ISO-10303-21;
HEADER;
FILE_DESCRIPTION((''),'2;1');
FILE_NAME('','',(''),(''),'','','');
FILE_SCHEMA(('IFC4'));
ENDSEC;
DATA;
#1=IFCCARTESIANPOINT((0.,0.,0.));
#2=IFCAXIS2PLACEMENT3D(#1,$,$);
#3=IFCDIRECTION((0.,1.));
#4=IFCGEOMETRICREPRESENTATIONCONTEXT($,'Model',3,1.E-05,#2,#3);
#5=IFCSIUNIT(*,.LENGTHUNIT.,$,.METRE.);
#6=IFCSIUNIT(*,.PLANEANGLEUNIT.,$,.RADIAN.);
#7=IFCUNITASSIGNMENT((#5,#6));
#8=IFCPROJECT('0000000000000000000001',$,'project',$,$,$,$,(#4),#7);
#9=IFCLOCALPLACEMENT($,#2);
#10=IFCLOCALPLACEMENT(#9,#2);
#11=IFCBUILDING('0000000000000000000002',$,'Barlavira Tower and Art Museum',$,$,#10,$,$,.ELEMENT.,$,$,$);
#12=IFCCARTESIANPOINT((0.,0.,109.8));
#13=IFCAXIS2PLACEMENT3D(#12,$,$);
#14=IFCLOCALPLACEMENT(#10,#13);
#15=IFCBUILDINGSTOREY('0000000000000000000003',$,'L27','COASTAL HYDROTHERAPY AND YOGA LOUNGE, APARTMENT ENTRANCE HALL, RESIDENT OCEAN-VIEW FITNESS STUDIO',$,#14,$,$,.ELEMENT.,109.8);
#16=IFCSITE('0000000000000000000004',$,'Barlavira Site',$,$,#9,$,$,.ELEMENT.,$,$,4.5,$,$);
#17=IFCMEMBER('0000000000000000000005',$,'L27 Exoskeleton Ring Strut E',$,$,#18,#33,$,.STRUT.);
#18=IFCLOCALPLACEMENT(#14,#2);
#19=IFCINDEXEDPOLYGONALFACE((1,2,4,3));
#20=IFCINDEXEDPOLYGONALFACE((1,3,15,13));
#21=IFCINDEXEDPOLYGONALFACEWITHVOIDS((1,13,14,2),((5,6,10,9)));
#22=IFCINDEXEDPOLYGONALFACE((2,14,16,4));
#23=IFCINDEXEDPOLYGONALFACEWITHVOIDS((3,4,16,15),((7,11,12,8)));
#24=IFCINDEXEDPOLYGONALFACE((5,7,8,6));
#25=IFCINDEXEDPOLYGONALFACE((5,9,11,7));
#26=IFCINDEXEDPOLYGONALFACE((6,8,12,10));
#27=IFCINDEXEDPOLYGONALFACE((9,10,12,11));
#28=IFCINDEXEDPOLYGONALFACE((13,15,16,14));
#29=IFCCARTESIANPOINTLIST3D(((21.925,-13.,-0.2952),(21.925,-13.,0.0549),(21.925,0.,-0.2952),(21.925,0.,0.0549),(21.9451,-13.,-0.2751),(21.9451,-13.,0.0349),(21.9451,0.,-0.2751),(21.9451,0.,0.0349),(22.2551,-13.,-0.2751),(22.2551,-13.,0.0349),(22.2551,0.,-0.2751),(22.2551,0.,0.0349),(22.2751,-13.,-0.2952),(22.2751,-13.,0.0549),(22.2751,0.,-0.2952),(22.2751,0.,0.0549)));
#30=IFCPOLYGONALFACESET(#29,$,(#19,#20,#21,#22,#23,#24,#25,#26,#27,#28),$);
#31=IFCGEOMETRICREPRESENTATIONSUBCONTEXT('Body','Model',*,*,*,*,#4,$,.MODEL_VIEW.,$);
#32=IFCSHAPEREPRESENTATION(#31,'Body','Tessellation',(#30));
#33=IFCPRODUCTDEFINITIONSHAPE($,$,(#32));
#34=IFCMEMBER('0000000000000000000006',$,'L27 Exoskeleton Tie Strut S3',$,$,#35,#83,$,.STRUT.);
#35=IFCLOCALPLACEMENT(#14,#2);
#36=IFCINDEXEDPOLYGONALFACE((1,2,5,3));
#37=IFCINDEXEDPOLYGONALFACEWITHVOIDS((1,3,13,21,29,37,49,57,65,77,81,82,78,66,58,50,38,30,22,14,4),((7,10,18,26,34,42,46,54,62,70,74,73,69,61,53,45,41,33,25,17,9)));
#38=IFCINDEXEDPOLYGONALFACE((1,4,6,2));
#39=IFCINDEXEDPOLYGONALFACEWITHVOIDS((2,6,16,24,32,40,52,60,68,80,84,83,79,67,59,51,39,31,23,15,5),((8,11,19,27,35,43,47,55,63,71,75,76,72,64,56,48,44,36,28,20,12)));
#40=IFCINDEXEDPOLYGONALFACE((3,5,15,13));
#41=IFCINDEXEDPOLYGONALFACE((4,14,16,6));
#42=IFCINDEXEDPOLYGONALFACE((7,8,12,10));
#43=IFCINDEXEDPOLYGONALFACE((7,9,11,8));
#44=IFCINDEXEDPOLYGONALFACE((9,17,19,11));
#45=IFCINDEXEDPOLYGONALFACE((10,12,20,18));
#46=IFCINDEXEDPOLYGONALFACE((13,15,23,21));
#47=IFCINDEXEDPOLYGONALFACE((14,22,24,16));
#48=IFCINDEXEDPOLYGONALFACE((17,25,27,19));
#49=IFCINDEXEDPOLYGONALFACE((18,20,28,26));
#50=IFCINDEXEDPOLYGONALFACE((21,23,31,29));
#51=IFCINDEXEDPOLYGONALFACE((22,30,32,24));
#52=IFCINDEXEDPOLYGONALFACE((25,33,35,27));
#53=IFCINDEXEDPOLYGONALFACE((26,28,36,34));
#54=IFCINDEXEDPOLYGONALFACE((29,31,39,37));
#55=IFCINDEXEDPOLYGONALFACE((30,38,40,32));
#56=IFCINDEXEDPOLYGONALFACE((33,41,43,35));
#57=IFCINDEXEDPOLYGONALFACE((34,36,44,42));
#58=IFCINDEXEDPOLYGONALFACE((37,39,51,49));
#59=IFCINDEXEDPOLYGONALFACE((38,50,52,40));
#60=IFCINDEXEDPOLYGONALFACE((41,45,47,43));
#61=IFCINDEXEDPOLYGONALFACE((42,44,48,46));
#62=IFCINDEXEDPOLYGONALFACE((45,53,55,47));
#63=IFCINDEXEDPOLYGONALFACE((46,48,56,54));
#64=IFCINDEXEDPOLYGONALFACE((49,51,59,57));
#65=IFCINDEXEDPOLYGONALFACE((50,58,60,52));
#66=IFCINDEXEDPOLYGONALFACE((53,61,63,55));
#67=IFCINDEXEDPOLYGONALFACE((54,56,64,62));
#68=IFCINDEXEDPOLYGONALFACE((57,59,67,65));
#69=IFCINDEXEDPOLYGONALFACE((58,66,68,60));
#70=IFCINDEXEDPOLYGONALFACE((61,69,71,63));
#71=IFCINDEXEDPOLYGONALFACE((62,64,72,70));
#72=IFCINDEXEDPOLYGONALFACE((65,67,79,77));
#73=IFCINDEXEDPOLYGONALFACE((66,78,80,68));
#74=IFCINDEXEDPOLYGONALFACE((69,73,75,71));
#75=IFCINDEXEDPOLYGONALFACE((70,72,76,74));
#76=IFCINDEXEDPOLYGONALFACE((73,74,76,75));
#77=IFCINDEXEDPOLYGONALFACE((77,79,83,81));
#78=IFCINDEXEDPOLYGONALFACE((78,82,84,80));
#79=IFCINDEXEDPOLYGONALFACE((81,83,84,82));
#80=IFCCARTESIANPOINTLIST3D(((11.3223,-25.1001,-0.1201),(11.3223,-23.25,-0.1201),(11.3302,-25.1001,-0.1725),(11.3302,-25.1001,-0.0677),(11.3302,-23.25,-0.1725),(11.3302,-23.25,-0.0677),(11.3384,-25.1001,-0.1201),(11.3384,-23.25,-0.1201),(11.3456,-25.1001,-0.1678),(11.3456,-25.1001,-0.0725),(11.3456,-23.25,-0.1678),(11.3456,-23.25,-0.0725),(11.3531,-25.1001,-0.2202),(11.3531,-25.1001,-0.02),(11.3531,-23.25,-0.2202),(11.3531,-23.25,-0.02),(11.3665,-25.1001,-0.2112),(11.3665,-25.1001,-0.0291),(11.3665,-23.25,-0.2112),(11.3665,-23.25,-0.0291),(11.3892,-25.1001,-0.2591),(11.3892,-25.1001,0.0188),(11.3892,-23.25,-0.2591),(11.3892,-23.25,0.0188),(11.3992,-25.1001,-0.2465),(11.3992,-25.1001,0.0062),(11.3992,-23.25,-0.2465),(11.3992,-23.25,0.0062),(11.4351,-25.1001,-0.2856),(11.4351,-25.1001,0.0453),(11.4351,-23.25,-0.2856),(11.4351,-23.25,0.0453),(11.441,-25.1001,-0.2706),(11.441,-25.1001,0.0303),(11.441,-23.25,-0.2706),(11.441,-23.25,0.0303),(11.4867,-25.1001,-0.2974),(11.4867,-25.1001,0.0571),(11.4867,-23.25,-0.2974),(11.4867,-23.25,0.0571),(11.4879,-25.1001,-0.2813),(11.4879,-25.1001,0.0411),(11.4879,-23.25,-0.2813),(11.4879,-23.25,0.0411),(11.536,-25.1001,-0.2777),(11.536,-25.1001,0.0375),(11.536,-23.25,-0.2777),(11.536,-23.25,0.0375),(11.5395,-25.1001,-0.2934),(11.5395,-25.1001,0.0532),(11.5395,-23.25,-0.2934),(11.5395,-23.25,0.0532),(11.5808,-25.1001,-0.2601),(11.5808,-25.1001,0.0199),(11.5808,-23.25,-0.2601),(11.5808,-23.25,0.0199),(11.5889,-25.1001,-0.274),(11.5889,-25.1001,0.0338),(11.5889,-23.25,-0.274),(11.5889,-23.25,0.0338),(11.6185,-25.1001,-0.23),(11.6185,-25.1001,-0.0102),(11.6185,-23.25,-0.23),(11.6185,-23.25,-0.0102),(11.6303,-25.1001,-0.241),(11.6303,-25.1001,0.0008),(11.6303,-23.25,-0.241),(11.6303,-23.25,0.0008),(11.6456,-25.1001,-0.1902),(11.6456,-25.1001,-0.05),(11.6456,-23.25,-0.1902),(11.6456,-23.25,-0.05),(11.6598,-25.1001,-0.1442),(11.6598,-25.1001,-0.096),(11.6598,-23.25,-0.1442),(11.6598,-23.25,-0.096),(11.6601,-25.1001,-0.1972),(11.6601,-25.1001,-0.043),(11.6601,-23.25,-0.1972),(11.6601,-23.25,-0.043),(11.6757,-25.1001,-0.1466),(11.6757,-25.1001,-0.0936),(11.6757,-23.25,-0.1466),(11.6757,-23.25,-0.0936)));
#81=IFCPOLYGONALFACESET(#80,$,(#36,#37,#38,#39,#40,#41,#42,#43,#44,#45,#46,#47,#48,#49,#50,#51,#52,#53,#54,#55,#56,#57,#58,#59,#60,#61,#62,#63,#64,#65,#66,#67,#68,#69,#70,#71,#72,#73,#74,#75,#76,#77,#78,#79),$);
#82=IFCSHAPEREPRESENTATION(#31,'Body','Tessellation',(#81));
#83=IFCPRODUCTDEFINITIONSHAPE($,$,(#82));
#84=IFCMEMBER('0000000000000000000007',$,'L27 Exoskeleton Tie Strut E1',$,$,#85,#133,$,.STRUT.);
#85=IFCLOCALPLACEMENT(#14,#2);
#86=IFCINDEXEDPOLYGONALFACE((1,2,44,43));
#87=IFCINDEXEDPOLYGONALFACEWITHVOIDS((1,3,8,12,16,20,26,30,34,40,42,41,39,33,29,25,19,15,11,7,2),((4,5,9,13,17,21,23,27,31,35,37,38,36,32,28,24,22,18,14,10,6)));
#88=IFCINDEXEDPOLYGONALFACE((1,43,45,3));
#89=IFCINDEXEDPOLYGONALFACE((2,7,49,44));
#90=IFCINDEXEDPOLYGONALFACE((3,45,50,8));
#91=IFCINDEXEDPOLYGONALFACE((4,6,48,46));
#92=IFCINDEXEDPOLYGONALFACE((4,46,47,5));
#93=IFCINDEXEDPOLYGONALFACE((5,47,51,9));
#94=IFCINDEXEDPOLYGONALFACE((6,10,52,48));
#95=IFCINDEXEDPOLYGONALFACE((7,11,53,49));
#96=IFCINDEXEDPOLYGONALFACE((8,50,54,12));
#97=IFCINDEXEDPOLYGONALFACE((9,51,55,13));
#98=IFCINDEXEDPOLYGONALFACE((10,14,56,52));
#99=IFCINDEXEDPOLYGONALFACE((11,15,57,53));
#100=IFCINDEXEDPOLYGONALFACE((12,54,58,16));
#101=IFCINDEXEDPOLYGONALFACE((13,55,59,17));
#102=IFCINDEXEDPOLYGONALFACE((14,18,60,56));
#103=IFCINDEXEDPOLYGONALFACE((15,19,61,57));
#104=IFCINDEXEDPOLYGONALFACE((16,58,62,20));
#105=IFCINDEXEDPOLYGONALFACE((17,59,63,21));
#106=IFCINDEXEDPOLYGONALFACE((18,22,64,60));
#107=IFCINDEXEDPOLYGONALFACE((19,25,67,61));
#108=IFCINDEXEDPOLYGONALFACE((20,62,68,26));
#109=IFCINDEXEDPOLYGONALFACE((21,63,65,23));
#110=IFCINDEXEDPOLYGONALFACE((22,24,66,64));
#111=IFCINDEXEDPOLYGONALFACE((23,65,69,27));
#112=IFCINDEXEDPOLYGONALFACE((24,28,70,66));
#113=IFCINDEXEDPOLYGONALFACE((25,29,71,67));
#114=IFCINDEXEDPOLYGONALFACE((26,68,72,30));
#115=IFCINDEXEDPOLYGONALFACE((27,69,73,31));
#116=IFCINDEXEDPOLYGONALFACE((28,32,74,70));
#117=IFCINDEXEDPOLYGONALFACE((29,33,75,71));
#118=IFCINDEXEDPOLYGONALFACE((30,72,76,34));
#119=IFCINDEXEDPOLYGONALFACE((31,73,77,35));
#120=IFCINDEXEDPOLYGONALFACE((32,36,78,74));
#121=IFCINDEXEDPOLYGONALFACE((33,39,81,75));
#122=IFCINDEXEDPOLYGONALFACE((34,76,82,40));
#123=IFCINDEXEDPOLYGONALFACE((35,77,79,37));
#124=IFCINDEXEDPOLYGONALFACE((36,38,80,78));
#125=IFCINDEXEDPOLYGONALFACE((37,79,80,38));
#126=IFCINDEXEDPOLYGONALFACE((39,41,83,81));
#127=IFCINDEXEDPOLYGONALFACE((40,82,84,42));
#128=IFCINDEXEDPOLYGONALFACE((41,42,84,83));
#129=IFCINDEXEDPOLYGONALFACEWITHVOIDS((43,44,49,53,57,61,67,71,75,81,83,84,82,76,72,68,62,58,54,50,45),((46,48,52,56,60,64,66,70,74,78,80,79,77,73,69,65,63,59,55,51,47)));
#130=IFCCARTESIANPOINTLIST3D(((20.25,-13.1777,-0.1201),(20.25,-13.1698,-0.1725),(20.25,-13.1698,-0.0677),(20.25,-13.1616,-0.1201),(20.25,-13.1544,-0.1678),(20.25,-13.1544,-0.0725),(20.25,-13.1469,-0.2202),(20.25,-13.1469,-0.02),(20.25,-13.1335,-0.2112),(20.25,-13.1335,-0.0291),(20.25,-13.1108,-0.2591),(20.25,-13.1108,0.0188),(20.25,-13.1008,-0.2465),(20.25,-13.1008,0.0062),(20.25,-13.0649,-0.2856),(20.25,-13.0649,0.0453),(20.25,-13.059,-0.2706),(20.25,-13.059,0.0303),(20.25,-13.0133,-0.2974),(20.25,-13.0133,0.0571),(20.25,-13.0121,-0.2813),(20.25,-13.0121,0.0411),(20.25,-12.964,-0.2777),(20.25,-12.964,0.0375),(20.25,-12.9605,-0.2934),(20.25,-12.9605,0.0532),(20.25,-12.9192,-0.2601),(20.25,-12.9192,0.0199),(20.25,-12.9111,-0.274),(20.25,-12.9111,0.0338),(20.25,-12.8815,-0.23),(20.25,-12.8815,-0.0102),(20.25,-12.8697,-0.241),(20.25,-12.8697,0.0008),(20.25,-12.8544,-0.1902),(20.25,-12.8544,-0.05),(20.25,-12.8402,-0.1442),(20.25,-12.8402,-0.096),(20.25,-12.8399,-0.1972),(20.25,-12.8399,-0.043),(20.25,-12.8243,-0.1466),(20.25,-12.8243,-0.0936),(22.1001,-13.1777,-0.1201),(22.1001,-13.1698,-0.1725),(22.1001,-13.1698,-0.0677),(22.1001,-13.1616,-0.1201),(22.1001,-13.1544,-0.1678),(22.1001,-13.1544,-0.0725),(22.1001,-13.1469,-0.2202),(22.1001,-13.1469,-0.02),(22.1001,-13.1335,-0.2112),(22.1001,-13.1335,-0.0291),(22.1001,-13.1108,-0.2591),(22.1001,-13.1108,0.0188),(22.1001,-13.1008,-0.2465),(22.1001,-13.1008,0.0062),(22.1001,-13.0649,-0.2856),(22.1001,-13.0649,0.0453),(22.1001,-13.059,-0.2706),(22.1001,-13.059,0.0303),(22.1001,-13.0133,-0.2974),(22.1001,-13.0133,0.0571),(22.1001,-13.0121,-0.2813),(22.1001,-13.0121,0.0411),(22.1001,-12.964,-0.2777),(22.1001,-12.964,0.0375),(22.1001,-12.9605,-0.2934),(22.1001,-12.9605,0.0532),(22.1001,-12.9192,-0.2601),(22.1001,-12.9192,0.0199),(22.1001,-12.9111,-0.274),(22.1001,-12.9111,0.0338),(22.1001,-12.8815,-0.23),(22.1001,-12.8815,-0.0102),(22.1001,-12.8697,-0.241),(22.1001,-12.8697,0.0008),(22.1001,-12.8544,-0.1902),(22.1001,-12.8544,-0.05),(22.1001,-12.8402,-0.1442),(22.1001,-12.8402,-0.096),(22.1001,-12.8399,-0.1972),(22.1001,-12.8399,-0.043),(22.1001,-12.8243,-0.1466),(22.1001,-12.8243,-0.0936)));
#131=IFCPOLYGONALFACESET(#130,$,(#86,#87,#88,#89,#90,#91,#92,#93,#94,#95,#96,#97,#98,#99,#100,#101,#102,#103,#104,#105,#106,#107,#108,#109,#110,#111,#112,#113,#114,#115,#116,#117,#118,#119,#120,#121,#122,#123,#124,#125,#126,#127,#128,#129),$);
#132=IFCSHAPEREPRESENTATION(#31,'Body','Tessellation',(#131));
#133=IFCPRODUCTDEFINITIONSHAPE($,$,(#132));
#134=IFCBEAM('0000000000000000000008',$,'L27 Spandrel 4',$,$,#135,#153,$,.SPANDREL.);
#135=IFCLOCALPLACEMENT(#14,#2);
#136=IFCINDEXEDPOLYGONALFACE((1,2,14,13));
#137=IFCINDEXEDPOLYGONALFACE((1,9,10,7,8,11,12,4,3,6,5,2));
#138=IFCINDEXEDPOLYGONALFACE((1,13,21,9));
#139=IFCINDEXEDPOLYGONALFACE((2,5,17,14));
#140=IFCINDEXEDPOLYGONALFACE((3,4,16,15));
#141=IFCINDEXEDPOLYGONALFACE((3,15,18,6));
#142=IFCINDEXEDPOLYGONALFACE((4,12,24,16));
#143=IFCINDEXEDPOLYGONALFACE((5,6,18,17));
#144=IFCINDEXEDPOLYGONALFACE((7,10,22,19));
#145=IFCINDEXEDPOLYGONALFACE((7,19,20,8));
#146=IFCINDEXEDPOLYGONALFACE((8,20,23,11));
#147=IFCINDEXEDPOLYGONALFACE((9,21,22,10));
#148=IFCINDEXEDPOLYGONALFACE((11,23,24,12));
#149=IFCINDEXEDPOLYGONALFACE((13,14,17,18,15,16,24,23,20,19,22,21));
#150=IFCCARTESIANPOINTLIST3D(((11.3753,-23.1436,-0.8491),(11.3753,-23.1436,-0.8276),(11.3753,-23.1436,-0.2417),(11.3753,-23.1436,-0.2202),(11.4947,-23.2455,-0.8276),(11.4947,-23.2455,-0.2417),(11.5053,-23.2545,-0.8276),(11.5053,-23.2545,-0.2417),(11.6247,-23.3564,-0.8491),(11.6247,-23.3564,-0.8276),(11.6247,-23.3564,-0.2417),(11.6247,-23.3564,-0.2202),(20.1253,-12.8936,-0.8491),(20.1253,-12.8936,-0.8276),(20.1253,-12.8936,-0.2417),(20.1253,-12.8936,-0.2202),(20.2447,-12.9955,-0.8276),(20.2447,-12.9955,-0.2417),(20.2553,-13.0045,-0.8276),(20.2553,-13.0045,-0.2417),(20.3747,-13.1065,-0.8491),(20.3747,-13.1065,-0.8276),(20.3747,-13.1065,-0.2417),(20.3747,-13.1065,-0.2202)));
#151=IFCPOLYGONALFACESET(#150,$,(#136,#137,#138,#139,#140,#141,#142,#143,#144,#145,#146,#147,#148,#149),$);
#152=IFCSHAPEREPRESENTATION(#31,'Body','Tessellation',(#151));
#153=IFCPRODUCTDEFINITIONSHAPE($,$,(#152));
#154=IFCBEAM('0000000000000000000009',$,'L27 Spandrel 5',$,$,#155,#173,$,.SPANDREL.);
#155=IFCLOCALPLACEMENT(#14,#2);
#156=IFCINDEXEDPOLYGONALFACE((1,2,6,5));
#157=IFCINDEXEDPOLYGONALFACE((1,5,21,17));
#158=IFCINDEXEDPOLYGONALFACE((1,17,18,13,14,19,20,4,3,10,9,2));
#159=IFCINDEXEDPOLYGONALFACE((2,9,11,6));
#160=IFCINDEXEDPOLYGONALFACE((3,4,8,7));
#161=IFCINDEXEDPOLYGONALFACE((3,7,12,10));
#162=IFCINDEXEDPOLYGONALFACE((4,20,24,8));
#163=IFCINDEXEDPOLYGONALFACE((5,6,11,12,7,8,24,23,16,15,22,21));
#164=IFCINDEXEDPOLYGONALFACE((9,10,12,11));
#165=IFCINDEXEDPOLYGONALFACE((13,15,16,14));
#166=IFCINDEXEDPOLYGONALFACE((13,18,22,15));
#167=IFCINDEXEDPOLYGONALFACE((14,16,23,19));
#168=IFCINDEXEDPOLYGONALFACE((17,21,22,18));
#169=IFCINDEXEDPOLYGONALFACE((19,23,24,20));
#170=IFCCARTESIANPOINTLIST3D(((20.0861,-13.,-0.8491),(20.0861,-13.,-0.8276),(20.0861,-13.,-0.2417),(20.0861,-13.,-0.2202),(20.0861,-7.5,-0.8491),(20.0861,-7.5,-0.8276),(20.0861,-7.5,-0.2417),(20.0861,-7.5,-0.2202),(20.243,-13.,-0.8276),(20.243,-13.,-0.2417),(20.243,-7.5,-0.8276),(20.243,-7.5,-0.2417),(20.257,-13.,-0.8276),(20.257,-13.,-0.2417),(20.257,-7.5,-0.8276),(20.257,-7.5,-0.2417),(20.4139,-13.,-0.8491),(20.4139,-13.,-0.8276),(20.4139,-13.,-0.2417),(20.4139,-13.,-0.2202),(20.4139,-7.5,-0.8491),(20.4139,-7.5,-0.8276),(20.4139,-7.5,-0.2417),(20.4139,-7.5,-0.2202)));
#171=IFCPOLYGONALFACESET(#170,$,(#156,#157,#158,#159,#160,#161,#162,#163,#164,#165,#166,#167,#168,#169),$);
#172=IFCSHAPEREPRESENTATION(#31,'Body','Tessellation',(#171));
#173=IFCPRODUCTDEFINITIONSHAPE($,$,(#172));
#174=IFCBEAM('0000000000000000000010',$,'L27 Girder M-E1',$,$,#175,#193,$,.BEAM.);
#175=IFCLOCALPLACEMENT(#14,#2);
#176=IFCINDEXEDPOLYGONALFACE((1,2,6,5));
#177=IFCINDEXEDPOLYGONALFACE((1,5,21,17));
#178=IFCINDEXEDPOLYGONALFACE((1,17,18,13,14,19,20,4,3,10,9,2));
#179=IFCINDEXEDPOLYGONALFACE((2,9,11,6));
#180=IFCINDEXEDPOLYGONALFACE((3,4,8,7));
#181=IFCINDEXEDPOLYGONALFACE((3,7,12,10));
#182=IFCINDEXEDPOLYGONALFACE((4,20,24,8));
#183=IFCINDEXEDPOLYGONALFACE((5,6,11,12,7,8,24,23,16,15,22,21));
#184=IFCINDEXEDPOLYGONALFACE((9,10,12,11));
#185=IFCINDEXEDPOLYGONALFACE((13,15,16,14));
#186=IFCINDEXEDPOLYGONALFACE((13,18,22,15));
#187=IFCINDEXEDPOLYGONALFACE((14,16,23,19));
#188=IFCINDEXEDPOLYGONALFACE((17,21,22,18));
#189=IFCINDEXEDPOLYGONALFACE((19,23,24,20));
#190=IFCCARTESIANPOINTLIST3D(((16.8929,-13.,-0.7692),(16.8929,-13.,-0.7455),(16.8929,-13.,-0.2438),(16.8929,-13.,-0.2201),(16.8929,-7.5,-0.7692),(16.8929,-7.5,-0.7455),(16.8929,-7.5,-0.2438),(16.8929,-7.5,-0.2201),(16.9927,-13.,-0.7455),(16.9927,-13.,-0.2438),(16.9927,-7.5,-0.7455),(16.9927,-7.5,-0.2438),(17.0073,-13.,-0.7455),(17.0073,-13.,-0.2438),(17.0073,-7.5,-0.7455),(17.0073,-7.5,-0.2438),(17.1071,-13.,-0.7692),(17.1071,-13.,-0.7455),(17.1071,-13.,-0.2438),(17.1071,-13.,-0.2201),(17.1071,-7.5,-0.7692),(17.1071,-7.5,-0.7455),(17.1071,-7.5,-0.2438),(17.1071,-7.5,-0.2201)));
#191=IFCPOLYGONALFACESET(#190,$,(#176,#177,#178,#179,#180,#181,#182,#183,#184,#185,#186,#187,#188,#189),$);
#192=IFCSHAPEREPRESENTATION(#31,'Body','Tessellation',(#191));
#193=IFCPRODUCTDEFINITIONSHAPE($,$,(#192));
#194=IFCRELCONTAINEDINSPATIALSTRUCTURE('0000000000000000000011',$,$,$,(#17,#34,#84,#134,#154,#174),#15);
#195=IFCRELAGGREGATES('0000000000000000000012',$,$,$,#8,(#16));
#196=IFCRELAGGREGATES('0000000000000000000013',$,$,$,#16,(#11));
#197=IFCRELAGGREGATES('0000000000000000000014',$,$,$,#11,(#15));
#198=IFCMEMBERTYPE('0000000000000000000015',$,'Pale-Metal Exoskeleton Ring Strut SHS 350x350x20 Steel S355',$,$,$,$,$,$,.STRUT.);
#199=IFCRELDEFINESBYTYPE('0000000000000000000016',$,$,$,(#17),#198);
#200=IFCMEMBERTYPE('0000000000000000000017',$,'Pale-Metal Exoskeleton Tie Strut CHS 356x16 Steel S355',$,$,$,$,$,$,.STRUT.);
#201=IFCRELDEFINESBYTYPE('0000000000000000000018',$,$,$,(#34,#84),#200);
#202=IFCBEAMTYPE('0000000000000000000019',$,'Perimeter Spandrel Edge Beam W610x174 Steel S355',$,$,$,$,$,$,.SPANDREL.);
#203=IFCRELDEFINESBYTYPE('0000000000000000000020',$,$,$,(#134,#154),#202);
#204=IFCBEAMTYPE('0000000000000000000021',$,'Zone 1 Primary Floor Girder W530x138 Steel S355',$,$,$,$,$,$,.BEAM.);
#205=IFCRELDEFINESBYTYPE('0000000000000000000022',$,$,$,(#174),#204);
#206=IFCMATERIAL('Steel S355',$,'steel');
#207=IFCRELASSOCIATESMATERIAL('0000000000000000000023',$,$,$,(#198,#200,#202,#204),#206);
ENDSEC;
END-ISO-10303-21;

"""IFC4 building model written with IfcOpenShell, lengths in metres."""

from ifc_helpers import new_model, si_unit, direction, frame, origin, origin_2d, place, context, subcontext, project, spatial, hollow_rectangle, hollow_circle, i_section, extrude, material, material_profile, profile_set, type_object, element, save


model = new_model("IFC4")

# Units and contexts
model_context = context("Model", 3, precision=1e-05, world=origin(), true_north=direction((0.0, 1.0)))
body_context = subcontext(model_context, "Body", "Model", "MODEL_VIEW")
ifc_project = project(units=[si_unit("LENGTHUNIT", "METRE"), si_unit("PLANEANGLEUNIT", "RADIAN")], contexts=[model_context])

# Site, building, storey
site_placement = place(None, origin())
site = spatial("IfcSite", under=ifc_project, at=site_placement, Name="Barlavira Site", CompositionType="ELEMENT", RefElevation=4.5)
building_placement = place(site_placement, origin())
building = spatial("IfcBuilding", under=site, at=building_placement, Name="Barlavira Tower and Art Museum", CompositionType="ELEMENT")
storey_placement = place(building_placement, frame((0.0, 0.0, 109.8)))
storey = spatial("IfcBuildingStorey", under=building, at=storey_placement, Name="L27", Description="COASTAL HYDROTHERAPY AND YOGA LOUNGE, APARTMENT ENTRANCE HALL, RESIDENT OCEAN-VIEW FITNESS STUDIO", CompositionType="ELEMENT", Elevation=109.8)

# Members
ifc_material_1 = material(Name="Steel S355", Category="steel")
ifc_material_profile_1 = material_profile(ifc_material_1, hollow_rectangle(XDim=0.3501, YDim=0.3501, WallThickness=0.02, at=origin_2d()), Name="SHS 350x350x20.0")
ifc_profile_set_1 = profile_set([ifc_material_profile_1], Name="Steel S355")
member_type_1 = type_object("IfcMemberType", Name="Pale-Metal Exoskeleton Ring Strut SHS 350x350x20 Steel S355", PredefinedType="STRUT", material=ifc_profile_set_1)
member_1_placement = place(storey_placement, frame((22.1001, -13.0, -0.1201), z_axis=(0.0, 1.0, 0.0), x_axis=(-1.0, 0.0, 0.0)))
element("IfcMember", 1, at=member_1_placement, inside=storey, type_object=member_type_1, Name="L27 Exoskeleton Ring Strut E", PredefinedType="STRUT", context=body_context, shape_type="SweptSolid", body=[
    extrude(hollow_rectangle(XDim=0.3501, YDim=0.3501, WallThickness=0.02, at=origin_2d()), origin(), (0.0, 0.0, 1.0), 13.0),
])
ifc_material_profile_2 = material_profile(ifc_material_1, hollow_circle(Radius=0.1777, WallThickness=0.0161, at=origin_2d()), Name="CHS 355.6x16.0")
ifc_profile_set_2 = profile_set([ifc_material_profile_2], Name="Steel S355")
member_type_2 = type_object("IfcMemberType", Name="Pale-Metal Exoskeleton Tie Strut CHS 356x16 Steel S355", PredefinedType="STRUT", material=ifc_profile_set_2)
for number, where, z_axis, x_axis, name in (
    (2, (11.5, -25.1001, -0.1201), (0.0, 1.0, 0.0), (-1.0, 0.0, 0.0), "L27 Exoskeleton Tie Strut S3"),
    (3, (22.1001, -13.0, -0.1201), (-1.0, 0.0, 0.0), (0.0, -1.0, 0.0), "L27 Exoskeleton Tie Strut E1"),
):
    element("IfcMember", number, at=place(storey_placement, frame(where, z_axis=z_axis, x_axis=x_axis)), inside=storey, type_object=member_type_2, Name=name, PredefinedType="STRUT", context=body_context, shape_type="SweptSolid", body=[
        extrude(hollow_circle(Radius=0.1777, WallThickness=0.0161, at=origin_2d()), origin(), (0.0, 0.0, 1.0), 1.8501),
    ])

# Beams
ifc_material_profile_3 = material_profile(ifc_material_1, i_section(OverallWidth=0.3279, OverallDepth=0.6289, WebThickness=0.0139, FlangeThickness=0.0215, at=origin_2d()), Name="W610x174.0")
ifc_profile_set_3 = profile_set([ifc_material_profile_3], Name="Steel S355")
beam_type_1 = type_object("IfcBeamType", Name="Perimeter Spandrel Edge Beam W610x174 Steel S355", PredefinedType="SPANDREL", material=ifc_profile_set_3)
beam_1_placement = place(storey_placement, frame((11.5, -23.25, -0.5347), z_axis=(0.649262, 0.760565, 0.0), x_axis=(-0.760565, 0.649262, 0.0)))
element("IfcBeam", 4, at=beam_1_placement, inside=storey, type_object=beam_type_1, Name="L27 Spandrel 4", PredefinedType="SPANDREL", context=body_context, shape_type="SweptSolid", body=[
    extrude(i_section(OverallWidth=0.3279, OverallDepth=0.6289, WebThickness=0.0139, FlangeThickness=0.0215, at=origin_2d()), origin(), (0.0, 0.0, 1.0), 13.4768),
])
beam_2_placement = place(storey_placement, frame((20.25, -13.0, -0.5347), z_axis=(0.0, 1.0, 0.0), x_axis=(-1.0, 0.0, 0.0)))
element("IfcBeam", 5, at=beam_2_placement, inside=storey, type_object=beam_type_1, Name="L27 Spandrel 5", PredefinedType="SPANDREL", context=body_context, shape_type="SweptSolid", body=[
    extrude(i_section(OverallWidth=0.3279, OverallDepth=0.6289, WebThickness=0.0139, FlangeThickness=0.0215, at=origin_2d()), origin(), (0.0, 0.0, 1.0), 5.5),
])
ifc_material_profile_4 = material_profile(ifc_material_1, i_section(OverallWidth=0.2141, OverallDepth=0.5491, WebThickness=0.0146, FlangeThickness=0.0237, at=origin_2d()), Name="W530x138.0")
ifc_profile_set_4 = profile_set([ifc_material_profile_4], Name="Steel S355")
beam_type_2 = type_object("IfcBeamType", Name="Zone 1 Primary Floor Girder W530x138 Steel S355", PredefinedType="BEAM", material=ifc_profile_set_4)
for number, where, z_axis, x_axis, name in (
    (6, (17.0, -13.0, -0.4946), (0.0, 1.0, 0.0), (-1.0, 0.0, 0.0), "L27 Girder M-E1"),
):
    element("IfcBeam", number, at=place(storey_placement, frame(where, z_axis=z_axis, x_axis=x_axis)), inside=storey, type_object=beam_type_2, Name=name, PredefinedType="BEAM", context=body_context, shape_type="SweptSolid", body=[
        extrude(i_section(OverallWidth=0.2141, OverallDepth=0.5491, WebThickness=0.0146, FlangeThickness=0.0237, at=origin_2d()), origin(), (0.0, 0.0, 1.0), 5.5),
    ])

save(model, "model.ifc")
